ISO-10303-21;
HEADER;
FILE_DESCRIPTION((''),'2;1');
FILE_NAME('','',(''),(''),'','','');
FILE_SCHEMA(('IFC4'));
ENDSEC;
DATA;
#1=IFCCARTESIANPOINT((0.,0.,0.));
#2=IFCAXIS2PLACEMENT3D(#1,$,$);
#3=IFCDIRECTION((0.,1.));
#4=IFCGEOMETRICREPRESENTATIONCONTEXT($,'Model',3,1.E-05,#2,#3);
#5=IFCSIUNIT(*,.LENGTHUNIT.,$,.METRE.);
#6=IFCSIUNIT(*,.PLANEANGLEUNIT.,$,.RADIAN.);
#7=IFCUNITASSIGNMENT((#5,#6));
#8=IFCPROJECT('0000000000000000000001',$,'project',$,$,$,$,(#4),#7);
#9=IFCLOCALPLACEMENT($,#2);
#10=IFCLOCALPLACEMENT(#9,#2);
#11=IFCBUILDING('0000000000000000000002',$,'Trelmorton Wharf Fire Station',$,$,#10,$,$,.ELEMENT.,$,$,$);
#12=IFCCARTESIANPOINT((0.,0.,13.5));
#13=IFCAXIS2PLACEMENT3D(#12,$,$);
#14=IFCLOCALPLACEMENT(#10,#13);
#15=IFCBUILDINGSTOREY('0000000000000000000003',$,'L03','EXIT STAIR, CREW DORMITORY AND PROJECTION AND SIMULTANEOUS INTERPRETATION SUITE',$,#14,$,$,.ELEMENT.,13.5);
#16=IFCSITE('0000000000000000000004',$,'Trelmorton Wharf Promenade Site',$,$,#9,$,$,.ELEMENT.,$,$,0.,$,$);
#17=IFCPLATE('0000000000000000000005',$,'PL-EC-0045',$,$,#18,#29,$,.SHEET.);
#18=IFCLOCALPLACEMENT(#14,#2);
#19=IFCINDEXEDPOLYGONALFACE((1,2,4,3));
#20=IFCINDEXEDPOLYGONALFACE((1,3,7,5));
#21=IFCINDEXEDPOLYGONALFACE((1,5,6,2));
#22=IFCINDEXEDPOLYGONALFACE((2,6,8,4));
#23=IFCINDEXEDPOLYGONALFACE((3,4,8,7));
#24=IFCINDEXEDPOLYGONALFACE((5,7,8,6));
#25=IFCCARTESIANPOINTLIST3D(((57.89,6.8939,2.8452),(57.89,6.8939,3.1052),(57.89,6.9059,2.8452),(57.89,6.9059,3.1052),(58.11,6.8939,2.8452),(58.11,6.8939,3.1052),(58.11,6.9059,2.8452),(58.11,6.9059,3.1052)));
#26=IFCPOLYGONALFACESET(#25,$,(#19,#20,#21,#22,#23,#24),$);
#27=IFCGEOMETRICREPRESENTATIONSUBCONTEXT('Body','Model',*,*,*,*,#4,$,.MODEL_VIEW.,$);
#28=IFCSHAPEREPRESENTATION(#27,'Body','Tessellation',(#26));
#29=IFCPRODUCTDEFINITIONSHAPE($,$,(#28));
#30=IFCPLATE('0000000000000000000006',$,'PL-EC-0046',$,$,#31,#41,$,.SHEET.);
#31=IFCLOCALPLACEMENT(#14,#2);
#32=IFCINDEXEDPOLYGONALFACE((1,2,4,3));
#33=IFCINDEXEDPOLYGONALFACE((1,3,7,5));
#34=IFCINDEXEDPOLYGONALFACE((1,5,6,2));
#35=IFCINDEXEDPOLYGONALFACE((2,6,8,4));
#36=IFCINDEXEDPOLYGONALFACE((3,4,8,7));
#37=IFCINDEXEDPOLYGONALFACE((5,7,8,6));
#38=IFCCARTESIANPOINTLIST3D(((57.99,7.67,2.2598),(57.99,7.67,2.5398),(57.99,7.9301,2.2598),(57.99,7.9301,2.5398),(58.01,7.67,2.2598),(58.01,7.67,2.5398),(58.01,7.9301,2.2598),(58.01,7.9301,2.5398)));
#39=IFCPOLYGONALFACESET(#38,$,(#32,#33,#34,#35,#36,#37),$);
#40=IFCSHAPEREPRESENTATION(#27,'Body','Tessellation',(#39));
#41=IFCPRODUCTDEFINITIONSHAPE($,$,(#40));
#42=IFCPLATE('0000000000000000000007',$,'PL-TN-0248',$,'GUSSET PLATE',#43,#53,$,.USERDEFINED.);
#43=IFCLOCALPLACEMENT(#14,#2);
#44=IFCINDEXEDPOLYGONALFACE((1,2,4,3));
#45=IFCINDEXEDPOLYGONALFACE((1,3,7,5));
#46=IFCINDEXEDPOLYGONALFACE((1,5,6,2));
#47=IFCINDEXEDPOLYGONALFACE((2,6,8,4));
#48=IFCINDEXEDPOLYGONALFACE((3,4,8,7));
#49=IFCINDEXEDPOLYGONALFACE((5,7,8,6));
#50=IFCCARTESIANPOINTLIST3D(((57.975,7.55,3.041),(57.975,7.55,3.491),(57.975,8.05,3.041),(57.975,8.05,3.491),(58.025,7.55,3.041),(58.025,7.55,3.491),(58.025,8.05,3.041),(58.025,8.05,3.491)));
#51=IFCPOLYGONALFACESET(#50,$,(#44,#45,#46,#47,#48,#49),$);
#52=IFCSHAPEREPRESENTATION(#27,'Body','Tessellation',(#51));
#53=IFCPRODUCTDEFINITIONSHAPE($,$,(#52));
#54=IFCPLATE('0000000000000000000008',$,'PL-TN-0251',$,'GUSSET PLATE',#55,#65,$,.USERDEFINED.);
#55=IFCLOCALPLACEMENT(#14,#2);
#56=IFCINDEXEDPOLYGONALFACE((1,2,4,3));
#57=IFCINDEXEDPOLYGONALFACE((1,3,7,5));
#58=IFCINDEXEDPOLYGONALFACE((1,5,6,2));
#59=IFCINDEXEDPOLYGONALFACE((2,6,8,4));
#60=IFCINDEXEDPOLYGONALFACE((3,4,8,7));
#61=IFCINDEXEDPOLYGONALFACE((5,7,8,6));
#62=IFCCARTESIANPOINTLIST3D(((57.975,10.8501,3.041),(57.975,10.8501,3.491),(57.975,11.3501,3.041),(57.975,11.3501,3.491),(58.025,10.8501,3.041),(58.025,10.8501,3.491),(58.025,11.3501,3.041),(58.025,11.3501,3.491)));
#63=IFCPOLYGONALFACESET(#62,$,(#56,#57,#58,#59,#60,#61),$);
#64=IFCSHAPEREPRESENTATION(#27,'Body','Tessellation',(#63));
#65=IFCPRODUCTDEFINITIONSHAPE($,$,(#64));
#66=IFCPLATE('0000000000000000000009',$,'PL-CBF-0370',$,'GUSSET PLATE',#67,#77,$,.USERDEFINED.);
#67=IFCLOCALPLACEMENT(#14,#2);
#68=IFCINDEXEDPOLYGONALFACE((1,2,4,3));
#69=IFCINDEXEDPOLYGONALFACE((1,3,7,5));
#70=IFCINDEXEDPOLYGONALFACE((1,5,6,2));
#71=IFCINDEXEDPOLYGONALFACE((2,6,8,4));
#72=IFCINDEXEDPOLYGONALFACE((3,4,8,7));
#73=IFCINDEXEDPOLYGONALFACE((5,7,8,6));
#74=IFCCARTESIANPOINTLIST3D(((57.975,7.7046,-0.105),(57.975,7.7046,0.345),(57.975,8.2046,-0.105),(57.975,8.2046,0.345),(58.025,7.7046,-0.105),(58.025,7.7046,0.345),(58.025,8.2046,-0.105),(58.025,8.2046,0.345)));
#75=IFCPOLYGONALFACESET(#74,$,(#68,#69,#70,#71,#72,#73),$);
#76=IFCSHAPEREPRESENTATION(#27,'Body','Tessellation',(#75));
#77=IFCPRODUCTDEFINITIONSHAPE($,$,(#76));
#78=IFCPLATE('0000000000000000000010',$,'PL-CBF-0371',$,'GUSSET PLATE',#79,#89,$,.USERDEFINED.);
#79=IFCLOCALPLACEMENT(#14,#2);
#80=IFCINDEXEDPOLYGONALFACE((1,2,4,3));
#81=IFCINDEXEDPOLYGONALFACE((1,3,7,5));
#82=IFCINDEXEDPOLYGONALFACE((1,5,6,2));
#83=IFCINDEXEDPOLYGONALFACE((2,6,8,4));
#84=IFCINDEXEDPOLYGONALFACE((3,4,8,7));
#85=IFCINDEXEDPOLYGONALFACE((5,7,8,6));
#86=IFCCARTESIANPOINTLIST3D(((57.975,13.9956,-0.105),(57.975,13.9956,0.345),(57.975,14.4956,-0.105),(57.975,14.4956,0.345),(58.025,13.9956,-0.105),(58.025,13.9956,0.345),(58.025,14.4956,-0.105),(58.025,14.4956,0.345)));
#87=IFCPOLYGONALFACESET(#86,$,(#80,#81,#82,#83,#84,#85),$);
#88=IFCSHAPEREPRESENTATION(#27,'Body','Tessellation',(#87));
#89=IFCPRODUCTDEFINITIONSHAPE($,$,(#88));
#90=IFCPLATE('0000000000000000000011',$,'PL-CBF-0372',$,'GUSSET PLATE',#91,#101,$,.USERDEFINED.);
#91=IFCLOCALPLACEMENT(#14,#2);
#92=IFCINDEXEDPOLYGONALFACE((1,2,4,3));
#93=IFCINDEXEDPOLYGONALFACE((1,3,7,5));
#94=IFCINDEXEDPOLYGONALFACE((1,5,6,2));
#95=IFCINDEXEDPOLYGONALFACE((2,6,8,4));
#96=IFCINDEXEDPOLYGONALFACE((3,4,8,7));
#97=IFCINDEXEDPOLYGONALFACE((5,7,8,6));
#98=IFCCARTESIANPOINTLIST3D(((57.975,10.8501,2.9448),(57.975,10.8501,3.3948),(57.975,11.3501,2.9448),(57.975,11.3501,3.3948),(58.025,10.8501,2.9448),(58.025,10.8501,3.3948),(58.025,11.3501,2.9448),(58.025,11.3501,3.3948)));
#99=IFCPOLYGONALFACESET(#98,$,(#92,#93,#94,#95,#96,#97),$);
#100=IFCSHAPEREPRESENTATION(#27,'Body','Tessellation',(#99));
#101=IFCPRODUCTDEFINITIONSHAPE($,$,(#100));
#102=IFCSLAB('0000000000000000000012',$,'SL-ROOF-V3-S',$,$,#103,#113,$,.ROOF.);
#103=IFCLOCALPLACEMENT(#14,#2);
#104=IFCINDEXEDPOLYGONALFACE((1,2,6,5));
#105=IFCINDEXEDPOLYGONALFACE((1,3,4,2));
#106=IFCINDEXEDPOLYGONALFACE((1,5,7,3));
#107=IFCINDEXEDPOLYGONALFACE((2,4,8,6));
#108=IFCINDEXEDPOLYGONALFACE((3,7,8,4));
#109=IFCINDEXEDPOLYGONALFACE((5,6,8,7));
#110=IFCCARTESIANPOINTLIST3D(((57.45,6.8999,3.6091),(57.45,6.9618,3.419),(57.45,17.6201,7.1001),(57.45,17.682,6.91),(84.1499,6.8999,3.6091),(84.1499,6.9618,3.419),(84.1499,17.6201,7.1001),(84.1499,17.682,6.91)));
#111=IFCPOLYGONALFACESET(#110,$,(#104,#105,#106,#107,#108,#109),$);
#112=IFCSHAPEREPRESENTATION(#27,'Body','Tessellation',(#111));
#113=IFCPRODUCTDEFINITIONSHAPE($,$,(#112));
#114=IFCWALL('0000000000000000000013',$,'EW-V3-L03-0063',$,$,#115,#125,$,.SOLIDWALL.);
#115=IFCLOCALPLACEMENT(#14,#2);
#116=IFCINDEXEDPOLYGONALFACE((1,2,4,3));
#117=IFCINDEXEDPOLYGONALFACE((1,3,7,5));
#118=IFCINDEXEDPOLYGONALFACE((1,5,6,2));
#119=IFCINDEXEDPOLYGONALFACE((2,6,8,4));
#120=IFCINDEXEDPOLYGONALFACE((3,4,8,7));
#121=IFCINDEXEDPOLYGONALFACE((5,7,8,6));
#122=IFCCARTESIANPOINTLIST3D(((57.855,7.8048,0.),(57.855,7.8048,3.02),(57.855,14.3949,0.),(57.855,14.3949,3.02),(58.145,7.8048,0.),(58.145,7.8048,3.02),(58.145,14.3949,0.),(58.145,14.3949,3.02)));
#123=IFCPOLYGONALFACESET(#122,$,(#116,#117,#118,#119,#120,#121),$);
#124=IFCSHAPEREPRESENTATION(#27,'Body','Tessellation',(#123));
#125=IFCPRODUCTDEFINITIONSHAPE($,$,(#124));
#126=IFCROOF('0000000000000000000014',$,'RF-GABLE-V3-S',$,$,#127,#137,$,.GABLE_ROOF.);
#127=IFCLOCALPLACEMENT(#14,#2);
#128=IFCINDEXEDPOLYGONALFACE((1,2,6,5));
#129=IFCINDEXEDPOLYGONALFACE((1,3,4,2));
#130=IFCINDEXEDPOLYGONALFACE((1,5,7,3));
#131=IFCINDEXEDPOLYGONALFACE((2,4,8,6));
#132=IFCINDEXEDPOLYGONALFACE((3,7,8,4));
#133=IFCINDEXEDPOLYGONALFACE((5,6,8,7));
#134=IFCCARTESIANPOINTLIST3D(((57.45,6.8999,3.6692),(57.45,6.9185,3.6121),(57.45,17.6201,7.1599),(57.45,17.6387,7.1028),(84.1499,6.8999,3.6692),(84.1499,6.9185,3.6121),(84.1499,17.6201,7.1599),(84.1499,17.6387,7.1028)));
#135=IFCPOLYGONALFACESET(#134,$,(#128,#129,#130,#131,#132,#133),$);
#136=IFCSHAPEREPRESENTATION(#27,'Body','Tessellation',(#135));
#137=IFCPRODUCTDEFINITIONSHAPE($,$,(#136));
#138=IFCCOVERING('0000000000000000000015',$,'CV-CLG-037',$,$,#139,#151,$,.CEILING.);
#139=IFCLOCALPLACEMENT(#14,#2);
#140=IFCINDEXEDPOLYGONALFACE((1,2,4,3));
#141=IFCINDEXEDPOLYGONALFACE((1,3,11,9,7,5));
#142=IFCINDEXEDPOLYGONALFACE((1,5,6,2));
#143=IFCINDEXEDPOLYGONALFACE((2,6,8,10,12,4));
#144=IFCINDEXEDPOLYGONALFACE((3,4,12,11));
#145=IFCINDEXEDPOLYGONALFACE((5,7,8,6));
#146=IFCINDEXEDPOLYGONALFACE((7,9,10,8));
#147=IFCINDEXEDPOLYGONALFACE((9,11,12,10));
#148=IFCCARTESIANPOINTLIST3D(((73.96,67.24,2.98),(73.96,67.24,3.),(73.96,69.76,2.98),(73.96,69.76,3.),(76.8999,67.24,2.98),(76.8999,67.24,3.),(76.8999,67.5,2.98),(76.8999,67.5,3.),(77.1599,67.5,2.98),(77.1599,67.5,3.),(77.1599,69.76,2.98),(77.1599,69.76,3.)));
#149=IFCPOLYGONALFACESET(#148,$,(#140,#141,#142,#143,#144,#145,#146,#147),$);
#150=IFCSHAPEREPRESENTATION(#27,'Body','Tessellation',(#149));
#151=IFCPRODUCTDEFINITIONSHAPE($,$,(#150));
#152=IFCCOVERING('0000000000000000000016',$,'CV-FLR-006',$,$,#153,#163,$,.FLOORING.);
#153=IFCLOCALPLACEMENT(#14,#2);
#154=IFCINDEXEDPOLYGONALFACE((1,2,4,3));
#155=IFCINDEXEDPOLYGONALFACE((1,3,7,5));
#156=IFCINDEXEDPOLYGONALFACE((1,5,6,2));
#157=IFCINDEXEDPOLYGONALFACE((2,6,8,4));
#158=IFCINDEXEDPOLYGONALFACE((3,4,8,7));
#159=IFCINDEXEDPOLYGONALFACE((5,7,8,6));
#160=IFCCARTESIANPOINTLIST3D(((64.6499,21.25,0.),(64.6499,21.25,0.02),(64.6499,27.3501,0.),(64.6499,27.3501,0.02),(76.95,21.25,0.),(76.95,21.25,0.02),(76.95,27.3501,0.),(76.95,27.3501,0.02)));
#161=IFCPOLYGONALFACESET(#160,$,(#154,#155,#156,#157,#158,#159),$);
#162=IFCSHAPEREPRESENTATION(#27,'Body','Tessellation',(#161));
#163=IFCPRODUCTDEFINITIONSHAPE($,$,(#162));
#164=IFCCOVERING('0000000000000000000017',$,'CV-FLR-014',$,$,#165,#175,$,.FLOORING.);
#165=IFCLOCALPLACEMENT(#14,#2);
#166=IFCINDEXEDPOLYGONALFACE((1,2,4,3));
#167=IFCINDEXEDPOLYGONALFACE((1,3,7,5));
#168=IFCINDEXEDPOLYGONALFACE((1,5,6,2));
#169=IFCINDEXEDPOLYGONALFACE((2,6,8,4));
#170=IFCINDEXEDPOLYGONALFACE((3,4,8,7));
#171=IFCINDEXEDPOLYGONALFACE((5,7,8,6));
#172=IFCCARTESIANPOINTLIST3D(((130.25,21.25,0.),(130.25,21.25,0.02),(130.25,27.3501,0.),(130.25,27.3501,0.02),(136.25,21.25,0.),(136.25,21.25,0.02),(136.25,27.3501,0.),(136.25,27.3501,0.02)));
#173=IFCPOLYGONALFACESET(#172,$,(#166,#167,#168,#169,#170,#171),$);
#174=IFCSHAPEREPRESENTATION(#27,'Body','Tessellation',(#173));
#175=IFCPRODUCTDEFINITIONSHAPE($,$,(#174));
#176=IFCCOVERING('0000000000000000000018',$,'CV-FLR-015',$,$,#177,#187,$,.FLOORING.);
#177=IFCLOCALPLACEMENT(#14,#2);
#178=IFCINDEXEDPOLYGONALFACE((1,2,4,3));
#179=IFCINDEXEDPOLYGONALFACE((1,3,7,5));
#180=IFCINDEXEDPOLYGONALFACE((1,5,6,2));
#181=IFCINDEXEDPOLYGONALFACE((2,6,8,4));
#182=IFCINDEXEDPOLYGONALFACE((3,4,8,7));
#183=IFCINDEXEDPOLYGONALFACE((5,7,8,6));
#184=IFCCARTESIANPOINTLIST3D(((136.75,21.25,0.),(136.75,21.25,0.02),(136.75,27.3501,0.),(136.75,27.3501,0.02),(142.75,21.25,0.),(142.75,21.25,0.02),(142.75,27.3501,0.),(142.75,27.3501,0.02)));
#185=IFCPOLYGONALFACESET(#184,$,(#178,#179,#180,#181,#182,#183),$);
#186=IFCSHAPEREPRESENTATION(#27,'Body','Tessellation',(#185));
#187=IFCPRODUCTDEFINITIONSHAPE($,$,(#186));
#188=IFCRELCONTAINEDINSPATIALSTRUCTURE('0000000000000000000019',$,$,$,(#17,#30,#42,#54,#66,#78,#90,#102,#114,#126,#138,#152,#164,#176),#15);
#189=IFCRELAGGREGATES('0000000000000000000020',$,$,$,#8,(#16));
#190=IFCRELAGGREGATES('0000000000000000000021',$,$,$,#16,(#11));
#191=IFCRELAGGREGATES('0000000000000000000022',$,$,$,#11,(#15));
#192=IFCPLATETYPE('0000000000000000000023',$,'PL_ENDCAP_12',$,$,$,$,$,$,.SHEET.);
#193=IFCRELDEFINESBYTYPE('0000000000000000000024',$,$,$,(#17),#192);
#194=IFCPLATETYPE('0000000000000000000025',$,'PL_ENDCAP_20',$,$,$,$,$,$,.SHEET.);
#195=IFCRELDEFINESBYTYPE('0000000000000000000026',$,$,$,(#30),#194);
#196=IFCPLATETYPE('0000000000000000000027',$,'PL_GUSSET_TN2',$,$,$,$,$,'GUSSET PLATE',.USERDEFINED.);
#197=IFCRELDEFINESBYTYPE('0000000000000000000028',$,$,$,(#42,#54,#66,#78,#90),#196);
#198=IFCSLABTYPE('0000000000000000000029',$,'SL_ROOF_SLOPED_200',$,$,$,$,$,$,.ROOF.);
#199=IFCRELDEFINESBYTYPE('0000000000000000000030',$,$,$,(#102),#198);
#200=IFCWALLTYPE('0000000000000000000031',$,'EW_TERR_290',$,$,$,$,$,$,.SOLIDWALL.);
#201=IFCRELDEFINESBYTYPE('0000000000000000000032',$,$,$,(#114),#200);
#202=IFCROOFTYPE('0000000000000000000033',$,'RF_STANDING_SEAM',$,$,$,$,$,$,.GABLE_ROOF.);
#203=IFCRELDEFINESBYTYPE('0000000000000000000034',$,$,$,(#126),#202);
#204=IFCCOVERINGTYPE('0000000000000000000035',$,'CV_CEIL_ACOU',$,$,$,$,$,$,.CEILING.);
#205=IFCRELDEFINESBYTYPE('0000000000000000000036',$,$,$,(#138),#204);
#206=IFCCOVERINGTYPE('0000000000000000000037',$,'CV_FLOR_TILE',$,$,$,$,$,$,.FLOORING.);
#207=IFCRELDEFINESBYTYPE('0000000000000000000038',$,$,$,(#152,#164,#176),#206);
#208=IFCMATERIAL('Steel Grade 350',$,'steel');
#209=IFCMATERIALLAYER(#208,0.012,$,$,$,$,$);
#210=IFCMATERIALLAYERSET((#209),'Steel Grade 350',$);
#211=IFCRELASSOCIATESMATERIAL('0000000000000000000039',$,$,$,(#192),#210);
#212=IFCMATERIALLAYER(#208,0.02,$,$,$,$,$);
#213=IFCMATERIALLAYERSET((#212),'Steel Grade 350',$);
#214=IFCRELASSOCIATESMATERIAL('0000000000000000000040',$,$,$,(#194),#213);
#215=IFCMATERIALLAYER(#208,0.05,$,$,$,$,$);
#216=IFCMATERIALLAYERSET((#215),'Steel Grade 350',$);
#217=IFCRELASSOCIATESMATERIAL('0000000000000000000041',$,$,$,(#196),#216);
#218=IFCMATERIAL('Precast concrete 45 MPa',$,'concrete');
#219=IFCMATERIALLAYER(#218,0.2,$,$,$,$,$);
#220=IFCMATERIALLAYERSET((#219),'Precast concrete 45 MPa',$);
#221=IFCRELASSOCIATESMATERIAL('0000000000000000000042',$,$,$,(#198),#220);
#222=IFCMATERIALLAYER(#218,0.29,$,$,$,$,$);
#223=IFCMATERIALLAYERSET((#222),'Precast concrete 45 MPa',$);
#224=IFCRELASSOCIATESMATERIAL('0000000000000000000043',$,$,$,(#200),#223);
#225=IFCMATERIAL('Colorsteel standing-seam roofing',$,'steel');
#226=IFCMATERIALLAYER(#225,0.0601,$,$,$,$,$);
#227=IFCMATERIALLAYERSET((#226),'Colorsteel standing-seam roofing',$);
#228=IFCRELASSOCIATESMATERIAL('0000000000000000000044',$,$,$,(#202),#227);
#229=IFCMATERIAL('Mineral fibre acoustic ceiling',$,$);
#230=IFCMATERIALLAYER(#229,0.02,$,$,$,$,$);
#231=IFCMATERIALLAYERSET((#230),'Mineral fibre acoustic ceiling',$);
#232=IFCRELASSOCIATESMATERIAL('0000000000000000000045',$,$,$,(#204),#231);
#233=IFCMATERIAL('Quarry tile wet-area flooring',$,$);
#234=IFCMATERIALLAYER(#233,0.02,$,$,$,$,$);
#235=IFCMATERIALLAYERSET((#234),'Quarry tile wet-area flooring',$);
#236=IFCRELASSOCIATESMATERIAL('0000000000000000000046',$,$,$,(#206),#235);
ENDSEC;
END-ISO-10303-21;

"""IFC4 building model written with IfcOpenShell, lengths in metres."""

from ifc_helpers import new_model, si_unit, direction, frame, frame_2d, origin, origin_2d, place, context, subcontext, project, spatial, polyline, rectangle, outline, extrude, material, layer, layer_set, type_object, element, save


model = new_model("IFC4")

# Units and contexts
model_context = context("Model", 3, precision=1e-05, world=origin(), true_north=direction((0.0, 1.0)))
body_context = subcontext(model_context, "Body", "Model", "MODEL_VIEW")
ifc_project = project(units=[si_unit("LENGTHUNIT", "METRE"), si_unit("PLANEANGLEUNIT", "RADIAN")], contexts=[model_context])

# Site, building, storey
site_placement = place(None, origin())
site = spatial("IfcSite", under=ifc_project, at=site_placement, Name="Trelmorton Wharf Promenade Site", CompositionType="ELEMENT", RefElevation=0.0)
building_placement = place(site_placement, origin())
building = spatial("IfcBuilding", under=site, at=building_placement, Name="Trelmorton Wharf Fire Station", CompositionType="ELEMENT")
storey_placement = place(building_placement, frame((0.0, 0.0, 13.5)))
storey = spatial("IfcBuildingStorey", under=building, at=storey_placement, Name="L03", Description="EXIT STAIR, CREW DORMITORY AND PROJECTION AND SIMULTANEOUS INTERPRETATION SUITE", CompositionType="ELEMENT", Elevation=13.5)

# Shared definitions
ifc_material_1 = material(Name="Steel Grade 350", Category="steel")

# Plates
ifc_layer_1 = layer(ifc_material_1, 0.012)
ifc_layer_set_1 = layer_set([ifc_layer_1], Name="Steel Grade 350")
plate_type_1 = type_object("IfcPlateType", Name="PL_ENDCAP_12", PredefinedType="SHEET", material=ifc_layer_set_1)
plate_1_placement = place(storey_placement, frame((58.0, 6.8999, 2.8452), z_axis=(0.0, 0.0, 1.0), x_axis=(1.0, 0.0, 0.0)))
element("IfcPlate", 1, at=plate_1_placement, inside=storey, type_object=plate_type_1, Name="PL-EC-0045", PredefinedType="SHEET", context=body_context, shape_type="SweptSolid", body=[
    extrude(rectangle(XDim=0.22, YDim=0.012, at=origin_2d()), origin(), (0.0, 0.0, 1.0), 0.26),
])
ifc_layer_2 = layer(ifc_material_1, 0.02)
ifc_layer_set_2 = layer_set([ifc_layer_2], Name="Steel Grade 350")
plate_type_2 = type_object("IfcPlateType", Name="PL_ENDCAP_20", PredefinedType="SHEET", material=ifc_layer_set_2)
plate_2_placement = place(storey_placement, frame((58.0, 7.8, 2.2598), z_axis=(0.0, 0.0, 1.0), x_axis=(1.0, 0.0, 0.0)))
element("IfcPlate", 2, at=plate_2_placement, inside=storey, type_object=plate_type_2, Name="PL-EC-0046", PredefinedType="SHEET", context=body_context, shape_type="SweptSolid", body=[
    extrude(rectangle(XDim=0.02, YDim=0.26, at=origin_2d()), origin(), (0.0, 0.0, 1.0), 0.28),
])
ifc_layer_3 = layer(ifc_material_1, 0.05)
ifc_layer_set_3 = layer_set([ifc_layer_3], Name="Steel Grade 350")
plate_type_3 = type_object("IfcPlateType", Name="PL_GUSSET_TN2", ElementType="GUSSET PLATE", PredefinedType="USERDEFINED", material=ifc_layer_set_3)
for number, where, z_axis, x_axis, name in (
    (3, (58.0, 7.8, 3.041), (0.0, 0.0, 1.0), (1.0, 0.0, 0.0), "PL-TN-0248"),
    (4, (58.0, 11.1001, 3.041), (0.0, 0.0, 1.0), (1.0, 0.0, 0.0), "PL-TN-0251"),
    (5, (58.0, 7.9546, -0.105), (0.0, 0.0, 1.0), (1.0, 0.0, 0.0), "PL-CBF-0370"),
    (6, (58.0, 14.2456, -0.105), (0.0, 0.0, 1.0), (1.0, 0.0, 0.0), "PL-CBF-0371"),
    (7, (58.0, 11.1001, 2.9448), (0.0, 0.0, 1.0), (1.0, 0.0, 0.0), "PL-CBF-0372"),
):
    element("IfcPlate", number, at=place(storey_placement, frame(where, z_axis=z_axis, x_axis=x_axis)), inside=storey, type_object=plate_type_3, Name=name, ObjectType="GUSSET PLATE", PredefinedType="USERDEFINED", context=body_context, shape_type="SweptSolid", body=[
        extrude(rectangle(XDim=0.05, YDim=0.5, at=origin_2d()), origin(), (0.0, 0.0, 1.0), 0.45),
    ])

# Slab
ifc_material_2 = material(Name="Precast concrete 45 MPa", Category="concrete")
ifc_layer_4 = layer(ifc_material_2, 0.2)
ifc_layer_set_4 = layer_set([ifc_layer_4], Name="Precast concrete 45 MPa")
slab_type = type_object("IfcSlabType", Name="SL_ROOF_SLOPED_200", PredefinedType="ROOF", material=ifc_layer_set_4)
slab_placement = place(storey_placement, frame((57.45, 6.8999, 3.6091), z_axis=(0.0, -0.309639, 0.950854), x_axis=(1.0, 0.0, 0.0)))
element("IfcSlab", 8, at=slab_placement, inside=storey, type_object=slab_type, Name="SL-ROOF-V3-S", PredefinedType="ROOF", context=body_context, shape_type="SweptSolid", body=[
    extrude(outline(polyline([(0.0, 0.0), (26.7, 0.0), (26.7, 11.2743), (0.0, 11.2743), (0.0, 0.0)])), origin(), (0.0, 0.0, -1.0), 0.2),
])

# Wall
ifc_layer_5 = layer(ifc_material_2, 0.29)
ifc_layer_set_5 = layer_set([ifc_layer_5], Name="Precast concrete 45 MPa")
wall_type = type_object("IfcWallType", Name="EW_TERR_290", PredefinedType="SOLIDWALL", material=ifc_layer_set_5)
wall_placement = place(storey_placement, frame((58.0, 7.8049, 0.0), z_axis=(0.0, 0.0, 1.0), x_axis=(0.0, 1.0, 0.0)))
element("IfcWall", 9, at=wall_placement, inside=storey, type_object=wall_type, Name="EW-V3-L03-0063", PredefinedType="SOLIDWALL", context=body_context, shape_type="SweptSolid", body=[
    extrude(rectangle(XDim=6.5901, YDim=0.29, at=frame_2d((3.2949, 0.0))), origin(), (0.0, 0.0, 1.0), 3.02),
])

# Roof
ifc_material_3 = material(Name="Colorsteel standing-seam roofing", Category="steel")
ifc_layer_6 = layer(ifc_material_3, 0.0601)
ifc_layer_set_6 = layer_set([ifc_layer_6], Name="Colorsteel standing-seam roofing")
roof_type = type_object("IfcRoofType", Name="RF_STANDING_SEAM", PredefinedType="GABLE_ROOF", material=ifc_layer_set_6)
roof_placement = place(storey_placement, frame((57.45, 6.8999, 3.6692), z_axis=(0.0, -0.30962, 0.95086), x_axis=(1.0, 0.0, 0.0)))
element("IfcRoof", 10, at=roof_placement, inside=storey, type_object=roof_type, Name="RF-GABLE-V3-S", PredefinedType="GABLE_ROOF", context=body_context, shape_type="SweptSolid", body=[
    extrude(outline(polyline([(0.0, 0.0), (26.7, 0.0), (26.7, 11.2742), (0.0, 11.2742), (0.0, 0.0)])), origin(), (0.0, 0.0, -1.0), 0.0601),
])

# Coverings
ifc_material_4 = material(Name="Mineral fibre acoustic ceiling")
ifc_layer_7 = layer(ifc_material_4, 0.02)
ifc_layer_set_7 = layer_set([ifc_layer_7], Name="Mineral fibre acoustic ceiling")
covering_type_1 = type_object("IfcCoveringType", Name="CV_CEIL_ACOU", PredefinedType="CEILING", material=ifc_layer_set_7)
covering_1_placement = place(storey_placement, frame((0.0, 0.0, 2.98)))
element("IfcCovering", 11, at=covering_1_placement, inside=storey, type_object=covering_type_1, Name="CV-CLG-037", PredefinedType="CEILING", context=body_context, shape_type="SweptSolid", body=[
    extrude(outline(polyline([(73.96, 67.24), (73.96, 69.76), (77.1599, 69.76), (77.1599, 67.5), (76.8999, 67.5), (76.8999, 67.24), (73.96, 67.24)])), origin(), (0.0, 0.0, 1.0), 0.02),
])
ifc_material_5 = material(Name="Quarry tile wet-area flooring")
ifc_layer_8 = layer(ifc_material_5, 0.02)
ifc_layer_set_8 = layer_set([ifc_layer_8], Name="Quarry tile wet-area flooring")
covering_type_2 = type_object("IfcCoveringType", Name="CV_FLOR_TILE", PredefinedType="FLOORING", material=ifc_layer_set_8)
covering_2_placement = place(storey_placement, origin())
element("IfcCovering", 12, at=covering_2_placement, inside=storey, type_object=covering_type_2, Name="CV-FLR-006", PredefinedType="FLOORING", context=body_context, shape_type="SweptSolid", body=[
    extrude(outline(polyline([(76.95, 21.25), (76.95, 27.3501), (64.6499, 27.3501), (64.6499, 21.25), (76.95, 21.25)])), origin(), (0.0, 0.0, 1.0), 0.02),
])
covering_3_placement = place(storey_placement, origin())
element("IfcCovering", 13, at=covering_3_placement, inside=storey, type_object=covering_type_2, Name="CV-FLR-014", PredefinedType="FLOORING", context=body_context, shape_type="SweptSolid", body=[
    extrude(outline(polyline([(136.25, 21.25), (136.25, 27.3501), (130.25, 27.3501), (130.25, 21.25), (136.25, 21.25)])), origin(), (0.0, 0.0, 1.0), 0.02),
])
covering_4_placement = place(storey_placement, origin())
element("IfcCovering", 14, at=covering_4_placement, inside=storey, type_object=covering_type_2, Name="CV-FLR-015", PredefinedType="FLOORING", context=body_context, shape_type="SweptSolid", body=[
    extrude(outline(polyline([(142.75, 21.25), (142.75, 27.3501), (136.75, 27.3501), (136.75, 21.25), (142.75, 21.25)])), origin(), (0.0, 0.0, 1.0), 0.02),
])

save(model, "model.ifc")
